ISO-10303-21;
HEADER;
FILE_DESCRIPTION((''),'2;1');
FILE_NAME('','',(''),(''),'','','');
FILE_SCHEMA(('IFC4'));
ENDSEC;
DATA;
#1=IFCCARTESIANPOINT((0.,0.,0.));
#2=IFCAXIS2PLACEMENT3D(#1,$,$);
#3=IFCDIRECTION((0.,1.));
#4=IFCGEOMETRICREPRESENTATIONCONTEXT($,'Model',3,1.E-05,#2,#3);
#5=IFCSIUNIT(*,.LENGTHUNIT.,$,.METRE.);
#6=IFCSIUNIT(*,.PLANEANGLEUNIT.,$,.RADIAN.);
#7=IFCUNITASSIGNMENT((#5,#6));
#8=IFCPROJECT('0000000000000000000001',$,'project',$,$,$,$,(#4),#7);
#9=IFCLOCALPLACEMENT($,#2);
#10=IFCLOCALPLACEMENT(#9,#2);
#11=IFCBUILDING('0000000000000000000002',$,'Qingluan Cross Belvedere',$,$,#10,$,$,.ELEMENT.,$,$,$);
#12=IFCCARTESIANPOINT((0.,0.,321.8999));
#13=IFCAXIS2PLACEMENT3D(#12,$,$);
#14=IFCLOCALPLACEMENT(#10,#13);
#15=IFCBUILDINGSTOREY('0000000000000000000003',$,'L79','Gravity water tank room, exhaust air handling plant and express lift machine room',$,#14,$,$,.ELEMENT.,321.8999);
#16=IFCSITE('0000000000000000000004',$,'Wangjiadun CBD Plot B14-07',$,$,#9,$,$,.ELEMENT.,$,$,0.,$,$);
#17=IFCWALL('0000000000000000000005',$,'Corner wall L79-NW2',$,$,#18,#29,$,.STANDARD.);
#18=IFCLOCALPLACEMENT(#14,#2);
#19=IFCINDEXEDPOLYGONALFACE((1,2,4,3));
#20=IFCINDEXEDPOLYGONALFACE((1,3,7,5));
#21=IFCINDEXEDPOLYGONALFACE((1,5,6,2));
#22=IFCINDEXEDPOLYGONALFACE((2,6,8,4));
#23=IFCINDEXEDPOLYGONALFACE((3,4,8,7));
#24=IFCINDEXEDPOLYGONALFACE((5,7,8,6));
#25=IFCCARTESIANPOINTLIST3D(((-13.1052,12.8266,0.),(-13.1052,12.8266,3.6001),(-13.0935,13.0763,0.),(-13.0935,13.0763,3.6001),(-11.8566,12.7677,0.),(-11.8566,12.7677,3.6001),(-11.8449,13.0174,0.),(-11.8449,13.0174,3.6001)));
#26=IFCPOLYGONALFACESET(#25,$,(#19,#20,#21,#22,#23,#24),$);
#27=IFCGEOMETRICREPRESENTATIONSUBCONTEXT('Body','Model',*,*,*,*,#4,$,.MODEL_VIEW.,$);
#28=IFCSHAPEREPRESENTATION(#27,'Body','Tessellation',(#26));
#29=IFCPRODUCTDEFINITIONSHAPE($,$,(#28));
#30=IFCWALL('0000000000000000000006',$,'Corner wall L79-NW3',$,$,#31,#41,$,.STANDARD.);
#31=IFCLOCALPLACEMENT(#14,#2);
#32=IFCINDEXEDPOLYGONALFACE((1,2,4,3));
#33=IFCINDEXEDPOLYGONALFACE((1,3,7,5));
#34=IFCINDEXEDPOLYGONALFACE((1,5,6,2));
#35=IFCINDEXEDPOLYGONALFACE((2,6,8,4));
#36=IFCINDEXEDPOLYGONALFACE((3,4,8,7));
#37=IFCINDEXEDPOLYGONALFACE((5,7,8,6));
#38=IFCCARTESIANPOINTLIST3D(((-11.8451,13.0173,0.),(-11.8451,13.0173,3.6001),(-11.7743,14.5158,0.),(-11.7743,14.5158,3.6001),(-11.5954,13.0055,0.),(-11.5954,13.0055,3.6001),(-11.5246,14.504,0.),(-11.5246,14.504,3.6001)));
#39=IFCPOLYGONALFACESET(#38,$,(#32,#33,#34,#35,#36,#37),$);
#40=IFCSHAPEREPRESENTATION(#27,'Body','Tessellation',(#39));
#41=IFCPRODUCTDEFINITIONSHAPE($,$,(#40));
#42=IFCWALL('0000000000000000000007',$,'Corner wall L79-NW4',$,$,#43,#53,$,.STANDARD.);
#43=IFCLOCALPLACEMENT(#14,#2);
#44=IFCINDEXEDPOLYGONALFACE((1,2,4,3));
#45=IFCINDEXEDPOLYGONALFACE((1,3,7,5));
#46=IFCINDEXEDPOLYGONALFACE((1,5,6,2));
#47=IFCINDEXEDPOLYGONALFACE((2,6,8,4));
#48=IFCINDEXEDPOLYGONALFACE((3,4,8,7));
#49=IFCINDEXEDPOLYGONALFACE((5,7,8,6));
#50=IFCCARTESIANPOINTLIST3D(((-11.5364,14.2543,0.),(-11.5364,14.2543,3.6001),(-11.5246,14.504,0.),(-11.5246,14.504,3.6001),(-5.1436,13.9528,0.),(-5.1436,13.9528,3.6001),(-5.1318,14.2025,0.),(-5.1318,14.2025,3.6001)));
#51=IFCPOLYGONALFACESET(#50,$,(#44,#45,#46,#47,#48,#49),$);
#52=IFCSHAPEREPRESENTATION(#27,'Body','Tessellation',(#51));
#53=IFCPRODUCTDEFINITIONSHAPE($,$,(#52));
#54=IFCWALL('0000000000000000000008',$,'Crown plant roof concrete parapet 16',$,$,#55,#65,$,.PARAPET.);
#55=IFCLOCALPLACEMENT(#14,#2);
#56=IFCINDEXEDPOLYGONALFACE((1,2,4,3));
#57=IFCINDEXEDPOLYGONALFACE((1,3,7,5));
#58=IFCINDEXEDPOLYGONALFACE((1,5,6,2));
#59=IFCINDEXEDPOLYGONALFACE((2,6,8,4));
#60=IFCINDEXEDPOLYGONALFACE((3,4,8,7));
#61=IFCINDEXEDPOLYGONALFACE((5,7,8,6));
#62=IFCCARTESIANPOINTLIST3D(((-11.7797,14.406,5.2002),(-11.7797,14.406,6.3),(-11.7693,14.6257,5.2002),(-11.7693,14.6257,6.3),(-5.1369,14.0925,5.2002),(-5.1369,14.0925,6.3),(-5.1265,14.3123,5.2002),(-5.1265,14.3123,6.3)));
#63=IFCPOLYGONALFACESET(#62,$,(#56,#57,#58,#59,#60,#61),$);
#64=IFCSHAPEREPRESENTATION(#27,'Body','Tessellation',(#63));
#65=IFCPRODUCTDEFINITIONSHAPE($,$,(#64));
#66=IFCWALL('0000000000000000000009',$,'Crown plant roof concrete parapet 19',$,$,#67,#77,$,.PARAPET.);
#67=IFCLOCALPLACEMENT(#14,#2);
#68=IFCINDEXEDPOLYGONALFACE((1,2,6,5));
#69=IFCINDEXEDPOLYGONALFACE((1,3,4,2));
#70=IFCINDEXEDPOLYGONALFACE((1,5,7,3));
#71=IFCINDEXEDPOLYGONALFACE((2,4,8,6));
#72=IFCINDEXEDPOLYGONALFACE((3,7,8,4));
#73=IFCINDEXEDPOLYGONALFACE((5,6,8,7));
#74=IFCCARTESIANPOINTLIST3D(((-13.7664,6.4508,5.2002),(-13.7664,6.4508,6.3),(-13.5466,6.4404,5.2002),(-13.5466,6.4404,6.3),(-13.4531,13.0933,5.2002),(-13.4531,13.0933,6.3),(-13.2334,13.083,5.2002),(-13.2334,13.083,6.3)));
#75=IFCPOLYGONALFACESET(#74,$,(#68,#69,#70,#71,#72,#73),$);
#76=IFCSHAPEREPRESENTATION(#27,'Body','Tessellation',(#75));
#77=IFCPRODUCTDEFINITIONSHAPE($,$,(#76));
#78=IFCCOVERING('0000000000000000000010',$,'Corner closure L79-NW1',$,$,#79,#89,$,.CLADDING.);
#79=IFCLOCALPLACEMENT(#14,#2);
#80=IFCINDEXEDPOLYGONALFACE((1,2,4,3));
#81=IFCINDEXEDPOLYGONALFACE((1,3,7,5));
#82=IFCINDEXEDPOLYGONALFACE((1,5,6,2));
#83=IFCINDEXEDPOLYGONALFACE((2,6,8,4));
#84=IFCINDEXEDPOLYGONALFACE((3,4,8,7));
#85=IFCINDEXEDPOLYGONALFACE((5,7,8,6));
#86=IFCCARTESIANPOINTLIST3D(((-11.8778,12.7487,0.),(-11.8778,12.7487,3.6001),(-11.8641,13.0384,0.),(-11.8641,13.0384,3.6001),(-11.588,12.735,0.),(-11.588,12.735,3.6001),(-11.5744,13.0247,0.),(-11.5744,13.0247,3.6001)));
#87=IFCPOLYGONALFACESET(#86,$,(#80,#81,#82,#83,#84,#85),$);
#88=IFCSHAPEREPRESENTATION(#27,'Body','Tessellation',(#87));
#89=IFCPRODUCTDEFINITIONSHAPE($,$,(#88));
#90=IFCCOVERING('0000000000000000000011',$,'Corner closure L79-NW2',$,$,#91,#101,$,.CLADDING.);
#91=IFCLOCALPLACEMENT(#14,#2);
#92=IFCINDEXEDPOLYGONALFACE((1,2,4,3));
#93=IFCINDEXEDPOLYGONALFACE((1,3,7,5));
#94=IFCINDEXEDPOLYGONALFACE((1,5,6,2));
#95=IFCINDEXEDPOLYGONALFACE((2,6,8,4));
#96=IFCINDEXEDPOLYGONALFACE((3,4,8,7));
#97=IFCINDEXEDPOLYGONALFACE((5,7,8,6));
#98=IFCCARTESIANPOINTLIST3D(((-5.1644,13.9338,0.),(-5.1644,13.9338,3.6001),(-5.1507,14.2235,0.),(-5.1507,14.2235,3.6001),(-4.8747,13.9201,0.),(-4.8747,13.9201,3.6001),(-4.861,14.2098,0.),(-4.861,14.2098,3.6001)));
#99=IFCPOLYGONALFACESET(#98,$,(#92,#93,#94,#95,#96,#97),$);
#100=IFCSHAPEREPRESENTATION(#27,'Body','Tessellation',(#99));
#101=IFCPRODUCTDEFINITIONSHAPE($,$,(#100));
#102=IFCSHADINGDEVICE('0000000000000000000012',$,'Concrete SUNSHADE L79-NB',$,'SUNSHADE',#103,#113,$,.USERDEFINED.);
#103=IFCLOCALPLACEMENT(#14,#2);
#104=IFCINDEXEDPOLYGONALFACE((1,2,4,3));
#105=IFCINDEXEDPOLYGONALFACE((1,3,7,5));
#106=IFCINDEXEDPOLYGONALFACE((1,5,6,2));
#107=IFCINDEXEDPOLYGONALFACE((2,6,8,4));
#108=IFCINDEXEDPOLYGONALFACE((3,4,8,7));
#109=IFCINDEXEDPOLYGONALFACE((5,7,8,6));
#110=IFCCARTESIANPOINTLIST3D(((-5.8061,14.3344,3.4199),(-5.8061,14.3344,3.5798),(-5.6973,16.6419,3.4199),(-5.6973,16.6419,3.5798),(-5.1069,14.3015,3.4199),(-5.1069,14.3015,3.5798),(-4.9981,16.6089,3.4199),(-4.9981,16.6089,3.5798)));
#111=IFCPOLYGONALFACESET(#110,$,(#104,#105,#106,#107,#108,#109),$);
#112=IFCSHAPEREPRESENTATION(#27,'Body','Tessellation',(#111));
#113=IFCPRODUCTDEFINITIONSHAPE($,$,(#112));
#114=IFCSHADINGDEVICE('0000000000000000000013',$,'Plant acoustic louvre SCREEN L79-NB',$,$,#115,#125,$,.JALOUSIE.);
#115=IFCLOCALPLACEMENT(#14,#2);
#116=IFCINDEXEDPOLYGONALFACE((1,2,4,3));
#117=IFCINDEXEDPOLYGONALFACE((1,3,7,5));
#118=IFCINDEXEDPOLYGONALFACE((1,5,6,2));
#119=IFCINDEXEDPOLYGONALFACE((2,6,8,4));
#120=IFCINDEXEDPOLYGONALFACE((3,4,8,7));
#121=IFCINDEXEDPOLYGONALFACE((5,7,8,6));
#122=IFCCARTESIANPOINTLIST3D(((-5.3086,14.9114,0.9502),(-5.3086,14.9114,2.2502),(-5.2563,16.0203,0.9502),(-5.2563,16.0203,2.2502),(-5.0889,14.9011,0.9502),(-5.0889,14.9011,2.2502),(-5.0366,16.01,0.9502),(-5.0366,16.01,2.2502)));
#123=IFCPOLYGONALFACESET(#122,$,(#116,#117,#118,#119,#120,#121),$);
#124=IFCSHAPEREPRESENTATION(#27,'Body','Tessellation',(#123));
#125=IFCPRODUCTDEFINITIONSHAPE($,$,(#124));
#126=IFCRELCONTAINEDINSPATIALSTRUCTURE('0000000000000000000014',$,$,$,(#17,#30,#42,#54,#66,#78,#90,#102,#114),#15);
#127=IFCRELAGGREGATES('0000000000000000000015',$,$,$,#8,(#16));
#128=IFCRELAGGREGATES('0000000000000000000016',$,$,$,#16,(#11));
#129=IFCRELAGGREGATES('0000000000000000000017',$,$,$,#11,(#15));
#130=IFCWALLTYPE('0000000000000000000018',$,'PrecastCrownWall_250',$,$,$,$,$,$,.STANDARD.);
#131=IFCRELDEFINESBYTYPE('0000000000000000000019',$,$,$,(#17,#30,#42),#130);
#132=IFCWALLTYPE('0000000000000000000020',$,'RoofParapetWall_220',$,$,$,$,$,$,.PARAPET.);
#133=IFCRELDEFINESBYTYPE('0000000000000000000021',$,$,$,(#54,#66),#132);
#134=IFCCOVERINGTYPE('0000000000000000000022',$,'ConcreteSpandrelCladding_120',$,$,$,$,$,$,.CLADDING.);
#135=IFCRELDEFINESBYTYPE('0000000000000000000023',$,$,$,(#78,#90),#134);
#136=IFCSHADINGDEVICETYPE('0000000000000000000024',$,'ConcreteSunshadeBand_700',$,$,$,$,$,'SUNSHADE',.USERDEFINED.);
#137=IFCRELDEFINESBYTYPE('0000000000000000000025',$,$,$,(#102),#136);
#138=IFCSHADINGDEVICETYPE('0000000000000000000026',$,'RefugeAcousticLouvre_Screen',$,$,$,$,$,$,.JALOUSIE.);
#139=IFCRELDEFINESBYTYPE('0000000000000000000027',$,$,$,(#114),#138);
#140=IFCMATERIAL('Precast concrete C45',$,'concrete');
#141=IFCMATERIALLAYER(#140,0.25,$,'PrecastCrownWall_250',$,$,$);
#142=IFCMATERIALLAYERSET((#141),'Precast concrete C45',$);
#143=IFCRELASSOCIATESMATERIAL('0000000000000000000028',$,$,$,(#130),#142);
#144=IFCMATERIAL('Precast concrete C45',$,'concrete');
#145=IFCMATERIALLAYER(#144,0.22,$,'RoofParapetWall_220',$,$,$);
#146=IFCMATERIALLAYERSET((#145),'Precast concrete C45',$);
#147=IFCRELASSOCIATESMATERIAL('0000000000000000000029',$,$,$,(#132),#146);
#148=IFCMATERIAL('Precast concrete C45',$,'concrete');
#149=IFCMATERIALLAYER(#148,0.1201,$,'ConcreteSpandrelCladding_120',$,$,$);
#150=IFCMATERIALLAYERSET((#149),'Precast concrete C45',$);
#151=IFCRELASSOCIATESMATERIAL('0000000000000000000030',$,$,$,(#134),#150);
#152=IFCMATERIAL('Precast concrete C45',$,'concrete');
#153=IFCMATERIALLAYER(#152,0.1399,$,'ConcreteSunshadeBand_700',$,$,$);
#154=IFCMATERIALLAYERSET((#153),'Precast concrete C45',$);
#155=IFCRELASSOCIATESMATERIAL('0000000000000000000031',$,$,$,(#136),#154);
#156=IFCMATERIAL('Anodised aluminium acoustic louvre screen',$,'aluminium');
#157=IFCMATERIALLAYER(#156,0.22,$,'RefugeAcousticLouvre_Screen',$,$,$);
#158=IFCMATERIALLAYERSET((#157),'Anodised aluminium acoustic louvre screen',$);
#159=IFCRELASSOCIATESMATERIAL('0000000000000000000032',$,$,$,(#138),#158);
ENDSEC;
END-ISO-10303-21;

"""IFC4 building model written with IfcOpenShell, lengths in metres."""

from ifc_helpers import new_model, si_unit, direction, frame, frame_2d, origin, origin_2d, place, context, subcontext, project, spatial, rectangle, extrude, material, layer, layer_set, type_object, element, save


model = new_model("IFC4")

# Units and contexts
model_context = context("Model", 3, precision=1e-05, world=origin(), true_north=direction((0.0, 1.0)))
body_context = subcontext(model_context, "Body", "Model", "MODEL_VIEW")
ifc_project = project(units=[si_unit("LENGTHUNIT", "METRE"), si_unit("PLANEANGLEUNIT", "RADIAN")], contexts=[model_context])

# Site, building, storey
site_placement = place(None, origin())
site = spatial("IfcSite", under=ifc_project, at=site_placement, Name="Wangjiadun CBD Plot B14-07", CompositionType="ELEMENT", RefElevation=0.0)
building_placement = place(site_placement, origin())
building = spatial("IfcBuilding", under=site, at=building_placement, Name="Qingluan Cross Belvedere", CompositionType="ELEMENT")
storey_placement = place(building_placement, frame((0.0, 0.0, 321.8999)))
storey = spatial("IfcBuildingStorey", under=building, at=storey_placement, Name="L79", Description="Gravity water tank room, exhaust air handling plant and express lift machine room", CompositionType="ELEMENT", Elevation=321.8999)

# Walls
ifc_material_1 = material(Name="Precast concrete C45", Category="concrete")
ifc_layer_1 = layer(ifc_material_1, 0.25, Name="PrecastCrownWall_250")
ifc_layer_set_1 = layer_set([ifc_layer_1], Name="Precast concrete C45")
wall_type_1 = type_object("IfcWallType", Name="PrecastCrownWall_250", PredefinedType="STANDARD", material=ifc_layer_set_1)
wall_1_placement = place(storey_placement, frame((-13.0994, 12.9514, 0.0), z_axis=(0.0, 0.0, 1.0), x_axis=(0.998891, -0.047073, 0.0)))
element("IfcWall", 1, at=wall_1_placement, inside=storey, type_object=wall_type_1, Name="Corner wall L79-NW2", PredefinedType="STANDARD", context=body_context, shape_type="SweptSolid", body=[
    extrude(rectangle(XDim=1.25, YDim=0.25, at=frame_2d((0.625, 0.0))), origin(), (0.0, 0.0, 1.0), 3.6001),
])
wall_2_placement = place(storey_placement, frame((-11.7202, 13.0115, 0.0), z_axis=(0.0, 0.0, 1.0), x_axis=(0.047194, 0.998886, 0.0)))
element("IfcWall", 2, at=wall_2_placement, inside=storey, type_object=wall_type_1, Name="Corner wall L79-NW3", PredefinedType="STANDARD", context=body_context, shape_type="SweptSolid", body=[
    extrude(rectangle(XDim=1.5002, YDim=0.25, at=frame_2d((0.75, 0.0))), origin(), (0.0, 0.0, 1.0), 3.6001),
])
wall_3_placement = place(storey_placement, frame((-11.5305, 14.3792, 0.0), z_axis=(0.0, 0.0, 1.0), x_axis=(0.99889, -0.047112, 0.0)))
element("IfcWall", 3, at=wall_3_placement, inside=storey, type_object=wall_type_1, Name="Corner wall L79-NW4", PredefinedType="STANDARD", context=body_context, shape_type="SweptSolid", body=[
    extrude(rectangle(XDim=6.3999, YDim=0.25, at=frame_2d((3.2, 0.0))), origin(), (0.0, 0.0, 1.0), 3.6001),
])
ifc_material_2 = material(Name="Precast concrete C45", Category="concrete")
ifc_layer_2 = layer(ifc_material_2, 0.22, Name="RoofParapetWall_220")
ifc_layer_set_2 = layer_set([ifc_layer_2], Name="Precast concrete C45")
wall_type_2 = type_object("IfcWallType", Name="RoofParapetWall_220", PredefinedType="PARAPET", material=ifc_layer_set_2)
wall_4_placement = place(storey_placement, frame((-5.1316, 14.2024, 5.2002), z_axis=(0.0, 0.0, 1.0), x_axis=(-0.998888, 0.047138, 0.0)))
element("IfcWall", 4, at=wall_4_placement, inside=storey, type_object=wall_type_2, Name="Crown plant roof concrete parapet 16", PredefinedType="PARAPET", context=body_context, shape_type="SweptSolid", body=[
    extrude(rectangle(XDim=6.6501, YDim=0.22, at=frame_2d((3.3252, 0.0))), origin(), (0.0, 0.0, 1.0), 1.0999),
])
wall_5_placement = place(storey_placement, frame((-13.3433, 13.0881, 5.2002), z_axis=(0.0, 0.0, 1.0), x_axis=(-0.047103, -0.99889, 0.0)))
element("IfcWall", 5, at=wall_5_placement, inside=storey, type_object=wall_type_2, Name="Crown plant roof concrete parapet 19", PredefinedType="PARAPET", context=body_context, shape_type="SweptSolid", body=[
    extrude(rectangle(XDim=6.6499, YDim=0.22, at=frame_2d((3.325, 0.0))), origin(), (0.0, 0.0, 1.0), 1.0999),
])

# Coverings
ifc_material_3 = material(Name="Precast concrete C45", Category="concrete")
ifc_layer_3 = layer(ifc_material_3, 0.1201, Name="ConcreteSpandrelCladding_120")
ifc_layer_set_3 = layer_set([ifc_layer_3], Name="Precast concrete C45")
covering_type = type_object("IfcCoveringType", Name="ConcreteSpandrelCladding_120", PredefinedType="CLADDING", material=ifc_layer_set_3)
for number, where, z_axis, x_axis, name in (
    (6, (-11.7261, 12.8867, 0.0), (0.0, 0.0, 1.0), (0.99889, -0.047106, 0.0), "Corner closure L79-NW1"),
    (7, (-5.0127, 14.0718, 0.0), (0.0, 0.0, 1.0), (0.99889, -0.047106, 0.0), "Corner closure L79-NW2"),
):
    element("IfcCovering", number, at=place(storey_placement, frame(where, z_axis=z_axis, x_axis=x_axis)), inside=storey, type_object=covering_type, Name=name, PredefinedType="CLADDING", context=body_context, shape_type="SweptSolid", body=[
        extrude(rectangle(XDim=0.29, YDim=0.29, at=origin_2d()), origin(), (0.0, 0.0, 1.0), 3.6001),
    ])

# Shading devices
ifc_material_4 = material(Name="Precast concrete C45", Category="concrete")
ifc_layer_4 = layer(ifc_material_4, 0.1399, Name="ConcreteSunshadeBand_700")
ifc_layer_set_4 = layer_set([ifc_layer_4], Name="Precast concrete C45")
shading_device_type_1 = type_object("IfcShadingDeviceType", Name="ConcreteSunshadeBand_700", ElementType="SUNSHADE", PredefinedType="USERDEFINED", material=ifc_layer_set_4)
shading_device_1_placement = place(storey_placement, frame((-5.4021, 15.4717, 3.4199), z_axis=(0.0, 0.0, 1.0), x_axis=(-0.047092, -0.998891, 0.0)))
element("IfcShadingDevice", 8, at=shading_device_1_placement, inside=storey, type_object=shading_device_type_1, Name="Concrete SUNSHADE L79-NB", ObjectType="SUNSHADE", PredefinedType="USERDEFINED", context=body_context, shape_type="SweptSolid", body=[
    extrude(rectangle(XDim=2.3101, YDim=0.7, at=origin_2d()), origin(), (0.0, 0.0, 1.0), 0.1599),
])
ifc_material_5 = material(Name="Anodised aluminium acoustic louvre screen", Category="aluminium")
ifc_layer_5 = layer(ifc_material_5, 0.22, Name="RefugeAcousticLouvre_Screen")
ifc_layer_set_5 = layer_set([ifc_layer_5], Name="Anodised aluminium acoustic louvre screen")
shading_device_type_2 = type_object("IfcShadingDeviceType", Name="RefugeAcousticLouvre_Screen", PredefinedType="JALOUSIE", material=ifc_layer_set_5)
shading_device_2_placement = place(storey_placement, frame((-5.1726, 15.4607, 0.9502), z_axis=(0.0, 0.0, 1.0), x_axis=(-0.047092, -0.998891, 0.0)))
element("IfcShadingDevice", 9, at=shading_device_2_placement, inside=storey, type_object=shading_device_type_2, Name="Plant acoustic louvre SCREEN L79-NB", PredefinedType="JALOUSIE", context=body_context, shape_type="SweptSolid", body=[
    extrude(rectangle(XDim=1.1101, YDim=0.22, at=origin_2d()), origin(), (0.0, 0.0, 1.0), 1.3),
])

save(model, "model.ifc")
